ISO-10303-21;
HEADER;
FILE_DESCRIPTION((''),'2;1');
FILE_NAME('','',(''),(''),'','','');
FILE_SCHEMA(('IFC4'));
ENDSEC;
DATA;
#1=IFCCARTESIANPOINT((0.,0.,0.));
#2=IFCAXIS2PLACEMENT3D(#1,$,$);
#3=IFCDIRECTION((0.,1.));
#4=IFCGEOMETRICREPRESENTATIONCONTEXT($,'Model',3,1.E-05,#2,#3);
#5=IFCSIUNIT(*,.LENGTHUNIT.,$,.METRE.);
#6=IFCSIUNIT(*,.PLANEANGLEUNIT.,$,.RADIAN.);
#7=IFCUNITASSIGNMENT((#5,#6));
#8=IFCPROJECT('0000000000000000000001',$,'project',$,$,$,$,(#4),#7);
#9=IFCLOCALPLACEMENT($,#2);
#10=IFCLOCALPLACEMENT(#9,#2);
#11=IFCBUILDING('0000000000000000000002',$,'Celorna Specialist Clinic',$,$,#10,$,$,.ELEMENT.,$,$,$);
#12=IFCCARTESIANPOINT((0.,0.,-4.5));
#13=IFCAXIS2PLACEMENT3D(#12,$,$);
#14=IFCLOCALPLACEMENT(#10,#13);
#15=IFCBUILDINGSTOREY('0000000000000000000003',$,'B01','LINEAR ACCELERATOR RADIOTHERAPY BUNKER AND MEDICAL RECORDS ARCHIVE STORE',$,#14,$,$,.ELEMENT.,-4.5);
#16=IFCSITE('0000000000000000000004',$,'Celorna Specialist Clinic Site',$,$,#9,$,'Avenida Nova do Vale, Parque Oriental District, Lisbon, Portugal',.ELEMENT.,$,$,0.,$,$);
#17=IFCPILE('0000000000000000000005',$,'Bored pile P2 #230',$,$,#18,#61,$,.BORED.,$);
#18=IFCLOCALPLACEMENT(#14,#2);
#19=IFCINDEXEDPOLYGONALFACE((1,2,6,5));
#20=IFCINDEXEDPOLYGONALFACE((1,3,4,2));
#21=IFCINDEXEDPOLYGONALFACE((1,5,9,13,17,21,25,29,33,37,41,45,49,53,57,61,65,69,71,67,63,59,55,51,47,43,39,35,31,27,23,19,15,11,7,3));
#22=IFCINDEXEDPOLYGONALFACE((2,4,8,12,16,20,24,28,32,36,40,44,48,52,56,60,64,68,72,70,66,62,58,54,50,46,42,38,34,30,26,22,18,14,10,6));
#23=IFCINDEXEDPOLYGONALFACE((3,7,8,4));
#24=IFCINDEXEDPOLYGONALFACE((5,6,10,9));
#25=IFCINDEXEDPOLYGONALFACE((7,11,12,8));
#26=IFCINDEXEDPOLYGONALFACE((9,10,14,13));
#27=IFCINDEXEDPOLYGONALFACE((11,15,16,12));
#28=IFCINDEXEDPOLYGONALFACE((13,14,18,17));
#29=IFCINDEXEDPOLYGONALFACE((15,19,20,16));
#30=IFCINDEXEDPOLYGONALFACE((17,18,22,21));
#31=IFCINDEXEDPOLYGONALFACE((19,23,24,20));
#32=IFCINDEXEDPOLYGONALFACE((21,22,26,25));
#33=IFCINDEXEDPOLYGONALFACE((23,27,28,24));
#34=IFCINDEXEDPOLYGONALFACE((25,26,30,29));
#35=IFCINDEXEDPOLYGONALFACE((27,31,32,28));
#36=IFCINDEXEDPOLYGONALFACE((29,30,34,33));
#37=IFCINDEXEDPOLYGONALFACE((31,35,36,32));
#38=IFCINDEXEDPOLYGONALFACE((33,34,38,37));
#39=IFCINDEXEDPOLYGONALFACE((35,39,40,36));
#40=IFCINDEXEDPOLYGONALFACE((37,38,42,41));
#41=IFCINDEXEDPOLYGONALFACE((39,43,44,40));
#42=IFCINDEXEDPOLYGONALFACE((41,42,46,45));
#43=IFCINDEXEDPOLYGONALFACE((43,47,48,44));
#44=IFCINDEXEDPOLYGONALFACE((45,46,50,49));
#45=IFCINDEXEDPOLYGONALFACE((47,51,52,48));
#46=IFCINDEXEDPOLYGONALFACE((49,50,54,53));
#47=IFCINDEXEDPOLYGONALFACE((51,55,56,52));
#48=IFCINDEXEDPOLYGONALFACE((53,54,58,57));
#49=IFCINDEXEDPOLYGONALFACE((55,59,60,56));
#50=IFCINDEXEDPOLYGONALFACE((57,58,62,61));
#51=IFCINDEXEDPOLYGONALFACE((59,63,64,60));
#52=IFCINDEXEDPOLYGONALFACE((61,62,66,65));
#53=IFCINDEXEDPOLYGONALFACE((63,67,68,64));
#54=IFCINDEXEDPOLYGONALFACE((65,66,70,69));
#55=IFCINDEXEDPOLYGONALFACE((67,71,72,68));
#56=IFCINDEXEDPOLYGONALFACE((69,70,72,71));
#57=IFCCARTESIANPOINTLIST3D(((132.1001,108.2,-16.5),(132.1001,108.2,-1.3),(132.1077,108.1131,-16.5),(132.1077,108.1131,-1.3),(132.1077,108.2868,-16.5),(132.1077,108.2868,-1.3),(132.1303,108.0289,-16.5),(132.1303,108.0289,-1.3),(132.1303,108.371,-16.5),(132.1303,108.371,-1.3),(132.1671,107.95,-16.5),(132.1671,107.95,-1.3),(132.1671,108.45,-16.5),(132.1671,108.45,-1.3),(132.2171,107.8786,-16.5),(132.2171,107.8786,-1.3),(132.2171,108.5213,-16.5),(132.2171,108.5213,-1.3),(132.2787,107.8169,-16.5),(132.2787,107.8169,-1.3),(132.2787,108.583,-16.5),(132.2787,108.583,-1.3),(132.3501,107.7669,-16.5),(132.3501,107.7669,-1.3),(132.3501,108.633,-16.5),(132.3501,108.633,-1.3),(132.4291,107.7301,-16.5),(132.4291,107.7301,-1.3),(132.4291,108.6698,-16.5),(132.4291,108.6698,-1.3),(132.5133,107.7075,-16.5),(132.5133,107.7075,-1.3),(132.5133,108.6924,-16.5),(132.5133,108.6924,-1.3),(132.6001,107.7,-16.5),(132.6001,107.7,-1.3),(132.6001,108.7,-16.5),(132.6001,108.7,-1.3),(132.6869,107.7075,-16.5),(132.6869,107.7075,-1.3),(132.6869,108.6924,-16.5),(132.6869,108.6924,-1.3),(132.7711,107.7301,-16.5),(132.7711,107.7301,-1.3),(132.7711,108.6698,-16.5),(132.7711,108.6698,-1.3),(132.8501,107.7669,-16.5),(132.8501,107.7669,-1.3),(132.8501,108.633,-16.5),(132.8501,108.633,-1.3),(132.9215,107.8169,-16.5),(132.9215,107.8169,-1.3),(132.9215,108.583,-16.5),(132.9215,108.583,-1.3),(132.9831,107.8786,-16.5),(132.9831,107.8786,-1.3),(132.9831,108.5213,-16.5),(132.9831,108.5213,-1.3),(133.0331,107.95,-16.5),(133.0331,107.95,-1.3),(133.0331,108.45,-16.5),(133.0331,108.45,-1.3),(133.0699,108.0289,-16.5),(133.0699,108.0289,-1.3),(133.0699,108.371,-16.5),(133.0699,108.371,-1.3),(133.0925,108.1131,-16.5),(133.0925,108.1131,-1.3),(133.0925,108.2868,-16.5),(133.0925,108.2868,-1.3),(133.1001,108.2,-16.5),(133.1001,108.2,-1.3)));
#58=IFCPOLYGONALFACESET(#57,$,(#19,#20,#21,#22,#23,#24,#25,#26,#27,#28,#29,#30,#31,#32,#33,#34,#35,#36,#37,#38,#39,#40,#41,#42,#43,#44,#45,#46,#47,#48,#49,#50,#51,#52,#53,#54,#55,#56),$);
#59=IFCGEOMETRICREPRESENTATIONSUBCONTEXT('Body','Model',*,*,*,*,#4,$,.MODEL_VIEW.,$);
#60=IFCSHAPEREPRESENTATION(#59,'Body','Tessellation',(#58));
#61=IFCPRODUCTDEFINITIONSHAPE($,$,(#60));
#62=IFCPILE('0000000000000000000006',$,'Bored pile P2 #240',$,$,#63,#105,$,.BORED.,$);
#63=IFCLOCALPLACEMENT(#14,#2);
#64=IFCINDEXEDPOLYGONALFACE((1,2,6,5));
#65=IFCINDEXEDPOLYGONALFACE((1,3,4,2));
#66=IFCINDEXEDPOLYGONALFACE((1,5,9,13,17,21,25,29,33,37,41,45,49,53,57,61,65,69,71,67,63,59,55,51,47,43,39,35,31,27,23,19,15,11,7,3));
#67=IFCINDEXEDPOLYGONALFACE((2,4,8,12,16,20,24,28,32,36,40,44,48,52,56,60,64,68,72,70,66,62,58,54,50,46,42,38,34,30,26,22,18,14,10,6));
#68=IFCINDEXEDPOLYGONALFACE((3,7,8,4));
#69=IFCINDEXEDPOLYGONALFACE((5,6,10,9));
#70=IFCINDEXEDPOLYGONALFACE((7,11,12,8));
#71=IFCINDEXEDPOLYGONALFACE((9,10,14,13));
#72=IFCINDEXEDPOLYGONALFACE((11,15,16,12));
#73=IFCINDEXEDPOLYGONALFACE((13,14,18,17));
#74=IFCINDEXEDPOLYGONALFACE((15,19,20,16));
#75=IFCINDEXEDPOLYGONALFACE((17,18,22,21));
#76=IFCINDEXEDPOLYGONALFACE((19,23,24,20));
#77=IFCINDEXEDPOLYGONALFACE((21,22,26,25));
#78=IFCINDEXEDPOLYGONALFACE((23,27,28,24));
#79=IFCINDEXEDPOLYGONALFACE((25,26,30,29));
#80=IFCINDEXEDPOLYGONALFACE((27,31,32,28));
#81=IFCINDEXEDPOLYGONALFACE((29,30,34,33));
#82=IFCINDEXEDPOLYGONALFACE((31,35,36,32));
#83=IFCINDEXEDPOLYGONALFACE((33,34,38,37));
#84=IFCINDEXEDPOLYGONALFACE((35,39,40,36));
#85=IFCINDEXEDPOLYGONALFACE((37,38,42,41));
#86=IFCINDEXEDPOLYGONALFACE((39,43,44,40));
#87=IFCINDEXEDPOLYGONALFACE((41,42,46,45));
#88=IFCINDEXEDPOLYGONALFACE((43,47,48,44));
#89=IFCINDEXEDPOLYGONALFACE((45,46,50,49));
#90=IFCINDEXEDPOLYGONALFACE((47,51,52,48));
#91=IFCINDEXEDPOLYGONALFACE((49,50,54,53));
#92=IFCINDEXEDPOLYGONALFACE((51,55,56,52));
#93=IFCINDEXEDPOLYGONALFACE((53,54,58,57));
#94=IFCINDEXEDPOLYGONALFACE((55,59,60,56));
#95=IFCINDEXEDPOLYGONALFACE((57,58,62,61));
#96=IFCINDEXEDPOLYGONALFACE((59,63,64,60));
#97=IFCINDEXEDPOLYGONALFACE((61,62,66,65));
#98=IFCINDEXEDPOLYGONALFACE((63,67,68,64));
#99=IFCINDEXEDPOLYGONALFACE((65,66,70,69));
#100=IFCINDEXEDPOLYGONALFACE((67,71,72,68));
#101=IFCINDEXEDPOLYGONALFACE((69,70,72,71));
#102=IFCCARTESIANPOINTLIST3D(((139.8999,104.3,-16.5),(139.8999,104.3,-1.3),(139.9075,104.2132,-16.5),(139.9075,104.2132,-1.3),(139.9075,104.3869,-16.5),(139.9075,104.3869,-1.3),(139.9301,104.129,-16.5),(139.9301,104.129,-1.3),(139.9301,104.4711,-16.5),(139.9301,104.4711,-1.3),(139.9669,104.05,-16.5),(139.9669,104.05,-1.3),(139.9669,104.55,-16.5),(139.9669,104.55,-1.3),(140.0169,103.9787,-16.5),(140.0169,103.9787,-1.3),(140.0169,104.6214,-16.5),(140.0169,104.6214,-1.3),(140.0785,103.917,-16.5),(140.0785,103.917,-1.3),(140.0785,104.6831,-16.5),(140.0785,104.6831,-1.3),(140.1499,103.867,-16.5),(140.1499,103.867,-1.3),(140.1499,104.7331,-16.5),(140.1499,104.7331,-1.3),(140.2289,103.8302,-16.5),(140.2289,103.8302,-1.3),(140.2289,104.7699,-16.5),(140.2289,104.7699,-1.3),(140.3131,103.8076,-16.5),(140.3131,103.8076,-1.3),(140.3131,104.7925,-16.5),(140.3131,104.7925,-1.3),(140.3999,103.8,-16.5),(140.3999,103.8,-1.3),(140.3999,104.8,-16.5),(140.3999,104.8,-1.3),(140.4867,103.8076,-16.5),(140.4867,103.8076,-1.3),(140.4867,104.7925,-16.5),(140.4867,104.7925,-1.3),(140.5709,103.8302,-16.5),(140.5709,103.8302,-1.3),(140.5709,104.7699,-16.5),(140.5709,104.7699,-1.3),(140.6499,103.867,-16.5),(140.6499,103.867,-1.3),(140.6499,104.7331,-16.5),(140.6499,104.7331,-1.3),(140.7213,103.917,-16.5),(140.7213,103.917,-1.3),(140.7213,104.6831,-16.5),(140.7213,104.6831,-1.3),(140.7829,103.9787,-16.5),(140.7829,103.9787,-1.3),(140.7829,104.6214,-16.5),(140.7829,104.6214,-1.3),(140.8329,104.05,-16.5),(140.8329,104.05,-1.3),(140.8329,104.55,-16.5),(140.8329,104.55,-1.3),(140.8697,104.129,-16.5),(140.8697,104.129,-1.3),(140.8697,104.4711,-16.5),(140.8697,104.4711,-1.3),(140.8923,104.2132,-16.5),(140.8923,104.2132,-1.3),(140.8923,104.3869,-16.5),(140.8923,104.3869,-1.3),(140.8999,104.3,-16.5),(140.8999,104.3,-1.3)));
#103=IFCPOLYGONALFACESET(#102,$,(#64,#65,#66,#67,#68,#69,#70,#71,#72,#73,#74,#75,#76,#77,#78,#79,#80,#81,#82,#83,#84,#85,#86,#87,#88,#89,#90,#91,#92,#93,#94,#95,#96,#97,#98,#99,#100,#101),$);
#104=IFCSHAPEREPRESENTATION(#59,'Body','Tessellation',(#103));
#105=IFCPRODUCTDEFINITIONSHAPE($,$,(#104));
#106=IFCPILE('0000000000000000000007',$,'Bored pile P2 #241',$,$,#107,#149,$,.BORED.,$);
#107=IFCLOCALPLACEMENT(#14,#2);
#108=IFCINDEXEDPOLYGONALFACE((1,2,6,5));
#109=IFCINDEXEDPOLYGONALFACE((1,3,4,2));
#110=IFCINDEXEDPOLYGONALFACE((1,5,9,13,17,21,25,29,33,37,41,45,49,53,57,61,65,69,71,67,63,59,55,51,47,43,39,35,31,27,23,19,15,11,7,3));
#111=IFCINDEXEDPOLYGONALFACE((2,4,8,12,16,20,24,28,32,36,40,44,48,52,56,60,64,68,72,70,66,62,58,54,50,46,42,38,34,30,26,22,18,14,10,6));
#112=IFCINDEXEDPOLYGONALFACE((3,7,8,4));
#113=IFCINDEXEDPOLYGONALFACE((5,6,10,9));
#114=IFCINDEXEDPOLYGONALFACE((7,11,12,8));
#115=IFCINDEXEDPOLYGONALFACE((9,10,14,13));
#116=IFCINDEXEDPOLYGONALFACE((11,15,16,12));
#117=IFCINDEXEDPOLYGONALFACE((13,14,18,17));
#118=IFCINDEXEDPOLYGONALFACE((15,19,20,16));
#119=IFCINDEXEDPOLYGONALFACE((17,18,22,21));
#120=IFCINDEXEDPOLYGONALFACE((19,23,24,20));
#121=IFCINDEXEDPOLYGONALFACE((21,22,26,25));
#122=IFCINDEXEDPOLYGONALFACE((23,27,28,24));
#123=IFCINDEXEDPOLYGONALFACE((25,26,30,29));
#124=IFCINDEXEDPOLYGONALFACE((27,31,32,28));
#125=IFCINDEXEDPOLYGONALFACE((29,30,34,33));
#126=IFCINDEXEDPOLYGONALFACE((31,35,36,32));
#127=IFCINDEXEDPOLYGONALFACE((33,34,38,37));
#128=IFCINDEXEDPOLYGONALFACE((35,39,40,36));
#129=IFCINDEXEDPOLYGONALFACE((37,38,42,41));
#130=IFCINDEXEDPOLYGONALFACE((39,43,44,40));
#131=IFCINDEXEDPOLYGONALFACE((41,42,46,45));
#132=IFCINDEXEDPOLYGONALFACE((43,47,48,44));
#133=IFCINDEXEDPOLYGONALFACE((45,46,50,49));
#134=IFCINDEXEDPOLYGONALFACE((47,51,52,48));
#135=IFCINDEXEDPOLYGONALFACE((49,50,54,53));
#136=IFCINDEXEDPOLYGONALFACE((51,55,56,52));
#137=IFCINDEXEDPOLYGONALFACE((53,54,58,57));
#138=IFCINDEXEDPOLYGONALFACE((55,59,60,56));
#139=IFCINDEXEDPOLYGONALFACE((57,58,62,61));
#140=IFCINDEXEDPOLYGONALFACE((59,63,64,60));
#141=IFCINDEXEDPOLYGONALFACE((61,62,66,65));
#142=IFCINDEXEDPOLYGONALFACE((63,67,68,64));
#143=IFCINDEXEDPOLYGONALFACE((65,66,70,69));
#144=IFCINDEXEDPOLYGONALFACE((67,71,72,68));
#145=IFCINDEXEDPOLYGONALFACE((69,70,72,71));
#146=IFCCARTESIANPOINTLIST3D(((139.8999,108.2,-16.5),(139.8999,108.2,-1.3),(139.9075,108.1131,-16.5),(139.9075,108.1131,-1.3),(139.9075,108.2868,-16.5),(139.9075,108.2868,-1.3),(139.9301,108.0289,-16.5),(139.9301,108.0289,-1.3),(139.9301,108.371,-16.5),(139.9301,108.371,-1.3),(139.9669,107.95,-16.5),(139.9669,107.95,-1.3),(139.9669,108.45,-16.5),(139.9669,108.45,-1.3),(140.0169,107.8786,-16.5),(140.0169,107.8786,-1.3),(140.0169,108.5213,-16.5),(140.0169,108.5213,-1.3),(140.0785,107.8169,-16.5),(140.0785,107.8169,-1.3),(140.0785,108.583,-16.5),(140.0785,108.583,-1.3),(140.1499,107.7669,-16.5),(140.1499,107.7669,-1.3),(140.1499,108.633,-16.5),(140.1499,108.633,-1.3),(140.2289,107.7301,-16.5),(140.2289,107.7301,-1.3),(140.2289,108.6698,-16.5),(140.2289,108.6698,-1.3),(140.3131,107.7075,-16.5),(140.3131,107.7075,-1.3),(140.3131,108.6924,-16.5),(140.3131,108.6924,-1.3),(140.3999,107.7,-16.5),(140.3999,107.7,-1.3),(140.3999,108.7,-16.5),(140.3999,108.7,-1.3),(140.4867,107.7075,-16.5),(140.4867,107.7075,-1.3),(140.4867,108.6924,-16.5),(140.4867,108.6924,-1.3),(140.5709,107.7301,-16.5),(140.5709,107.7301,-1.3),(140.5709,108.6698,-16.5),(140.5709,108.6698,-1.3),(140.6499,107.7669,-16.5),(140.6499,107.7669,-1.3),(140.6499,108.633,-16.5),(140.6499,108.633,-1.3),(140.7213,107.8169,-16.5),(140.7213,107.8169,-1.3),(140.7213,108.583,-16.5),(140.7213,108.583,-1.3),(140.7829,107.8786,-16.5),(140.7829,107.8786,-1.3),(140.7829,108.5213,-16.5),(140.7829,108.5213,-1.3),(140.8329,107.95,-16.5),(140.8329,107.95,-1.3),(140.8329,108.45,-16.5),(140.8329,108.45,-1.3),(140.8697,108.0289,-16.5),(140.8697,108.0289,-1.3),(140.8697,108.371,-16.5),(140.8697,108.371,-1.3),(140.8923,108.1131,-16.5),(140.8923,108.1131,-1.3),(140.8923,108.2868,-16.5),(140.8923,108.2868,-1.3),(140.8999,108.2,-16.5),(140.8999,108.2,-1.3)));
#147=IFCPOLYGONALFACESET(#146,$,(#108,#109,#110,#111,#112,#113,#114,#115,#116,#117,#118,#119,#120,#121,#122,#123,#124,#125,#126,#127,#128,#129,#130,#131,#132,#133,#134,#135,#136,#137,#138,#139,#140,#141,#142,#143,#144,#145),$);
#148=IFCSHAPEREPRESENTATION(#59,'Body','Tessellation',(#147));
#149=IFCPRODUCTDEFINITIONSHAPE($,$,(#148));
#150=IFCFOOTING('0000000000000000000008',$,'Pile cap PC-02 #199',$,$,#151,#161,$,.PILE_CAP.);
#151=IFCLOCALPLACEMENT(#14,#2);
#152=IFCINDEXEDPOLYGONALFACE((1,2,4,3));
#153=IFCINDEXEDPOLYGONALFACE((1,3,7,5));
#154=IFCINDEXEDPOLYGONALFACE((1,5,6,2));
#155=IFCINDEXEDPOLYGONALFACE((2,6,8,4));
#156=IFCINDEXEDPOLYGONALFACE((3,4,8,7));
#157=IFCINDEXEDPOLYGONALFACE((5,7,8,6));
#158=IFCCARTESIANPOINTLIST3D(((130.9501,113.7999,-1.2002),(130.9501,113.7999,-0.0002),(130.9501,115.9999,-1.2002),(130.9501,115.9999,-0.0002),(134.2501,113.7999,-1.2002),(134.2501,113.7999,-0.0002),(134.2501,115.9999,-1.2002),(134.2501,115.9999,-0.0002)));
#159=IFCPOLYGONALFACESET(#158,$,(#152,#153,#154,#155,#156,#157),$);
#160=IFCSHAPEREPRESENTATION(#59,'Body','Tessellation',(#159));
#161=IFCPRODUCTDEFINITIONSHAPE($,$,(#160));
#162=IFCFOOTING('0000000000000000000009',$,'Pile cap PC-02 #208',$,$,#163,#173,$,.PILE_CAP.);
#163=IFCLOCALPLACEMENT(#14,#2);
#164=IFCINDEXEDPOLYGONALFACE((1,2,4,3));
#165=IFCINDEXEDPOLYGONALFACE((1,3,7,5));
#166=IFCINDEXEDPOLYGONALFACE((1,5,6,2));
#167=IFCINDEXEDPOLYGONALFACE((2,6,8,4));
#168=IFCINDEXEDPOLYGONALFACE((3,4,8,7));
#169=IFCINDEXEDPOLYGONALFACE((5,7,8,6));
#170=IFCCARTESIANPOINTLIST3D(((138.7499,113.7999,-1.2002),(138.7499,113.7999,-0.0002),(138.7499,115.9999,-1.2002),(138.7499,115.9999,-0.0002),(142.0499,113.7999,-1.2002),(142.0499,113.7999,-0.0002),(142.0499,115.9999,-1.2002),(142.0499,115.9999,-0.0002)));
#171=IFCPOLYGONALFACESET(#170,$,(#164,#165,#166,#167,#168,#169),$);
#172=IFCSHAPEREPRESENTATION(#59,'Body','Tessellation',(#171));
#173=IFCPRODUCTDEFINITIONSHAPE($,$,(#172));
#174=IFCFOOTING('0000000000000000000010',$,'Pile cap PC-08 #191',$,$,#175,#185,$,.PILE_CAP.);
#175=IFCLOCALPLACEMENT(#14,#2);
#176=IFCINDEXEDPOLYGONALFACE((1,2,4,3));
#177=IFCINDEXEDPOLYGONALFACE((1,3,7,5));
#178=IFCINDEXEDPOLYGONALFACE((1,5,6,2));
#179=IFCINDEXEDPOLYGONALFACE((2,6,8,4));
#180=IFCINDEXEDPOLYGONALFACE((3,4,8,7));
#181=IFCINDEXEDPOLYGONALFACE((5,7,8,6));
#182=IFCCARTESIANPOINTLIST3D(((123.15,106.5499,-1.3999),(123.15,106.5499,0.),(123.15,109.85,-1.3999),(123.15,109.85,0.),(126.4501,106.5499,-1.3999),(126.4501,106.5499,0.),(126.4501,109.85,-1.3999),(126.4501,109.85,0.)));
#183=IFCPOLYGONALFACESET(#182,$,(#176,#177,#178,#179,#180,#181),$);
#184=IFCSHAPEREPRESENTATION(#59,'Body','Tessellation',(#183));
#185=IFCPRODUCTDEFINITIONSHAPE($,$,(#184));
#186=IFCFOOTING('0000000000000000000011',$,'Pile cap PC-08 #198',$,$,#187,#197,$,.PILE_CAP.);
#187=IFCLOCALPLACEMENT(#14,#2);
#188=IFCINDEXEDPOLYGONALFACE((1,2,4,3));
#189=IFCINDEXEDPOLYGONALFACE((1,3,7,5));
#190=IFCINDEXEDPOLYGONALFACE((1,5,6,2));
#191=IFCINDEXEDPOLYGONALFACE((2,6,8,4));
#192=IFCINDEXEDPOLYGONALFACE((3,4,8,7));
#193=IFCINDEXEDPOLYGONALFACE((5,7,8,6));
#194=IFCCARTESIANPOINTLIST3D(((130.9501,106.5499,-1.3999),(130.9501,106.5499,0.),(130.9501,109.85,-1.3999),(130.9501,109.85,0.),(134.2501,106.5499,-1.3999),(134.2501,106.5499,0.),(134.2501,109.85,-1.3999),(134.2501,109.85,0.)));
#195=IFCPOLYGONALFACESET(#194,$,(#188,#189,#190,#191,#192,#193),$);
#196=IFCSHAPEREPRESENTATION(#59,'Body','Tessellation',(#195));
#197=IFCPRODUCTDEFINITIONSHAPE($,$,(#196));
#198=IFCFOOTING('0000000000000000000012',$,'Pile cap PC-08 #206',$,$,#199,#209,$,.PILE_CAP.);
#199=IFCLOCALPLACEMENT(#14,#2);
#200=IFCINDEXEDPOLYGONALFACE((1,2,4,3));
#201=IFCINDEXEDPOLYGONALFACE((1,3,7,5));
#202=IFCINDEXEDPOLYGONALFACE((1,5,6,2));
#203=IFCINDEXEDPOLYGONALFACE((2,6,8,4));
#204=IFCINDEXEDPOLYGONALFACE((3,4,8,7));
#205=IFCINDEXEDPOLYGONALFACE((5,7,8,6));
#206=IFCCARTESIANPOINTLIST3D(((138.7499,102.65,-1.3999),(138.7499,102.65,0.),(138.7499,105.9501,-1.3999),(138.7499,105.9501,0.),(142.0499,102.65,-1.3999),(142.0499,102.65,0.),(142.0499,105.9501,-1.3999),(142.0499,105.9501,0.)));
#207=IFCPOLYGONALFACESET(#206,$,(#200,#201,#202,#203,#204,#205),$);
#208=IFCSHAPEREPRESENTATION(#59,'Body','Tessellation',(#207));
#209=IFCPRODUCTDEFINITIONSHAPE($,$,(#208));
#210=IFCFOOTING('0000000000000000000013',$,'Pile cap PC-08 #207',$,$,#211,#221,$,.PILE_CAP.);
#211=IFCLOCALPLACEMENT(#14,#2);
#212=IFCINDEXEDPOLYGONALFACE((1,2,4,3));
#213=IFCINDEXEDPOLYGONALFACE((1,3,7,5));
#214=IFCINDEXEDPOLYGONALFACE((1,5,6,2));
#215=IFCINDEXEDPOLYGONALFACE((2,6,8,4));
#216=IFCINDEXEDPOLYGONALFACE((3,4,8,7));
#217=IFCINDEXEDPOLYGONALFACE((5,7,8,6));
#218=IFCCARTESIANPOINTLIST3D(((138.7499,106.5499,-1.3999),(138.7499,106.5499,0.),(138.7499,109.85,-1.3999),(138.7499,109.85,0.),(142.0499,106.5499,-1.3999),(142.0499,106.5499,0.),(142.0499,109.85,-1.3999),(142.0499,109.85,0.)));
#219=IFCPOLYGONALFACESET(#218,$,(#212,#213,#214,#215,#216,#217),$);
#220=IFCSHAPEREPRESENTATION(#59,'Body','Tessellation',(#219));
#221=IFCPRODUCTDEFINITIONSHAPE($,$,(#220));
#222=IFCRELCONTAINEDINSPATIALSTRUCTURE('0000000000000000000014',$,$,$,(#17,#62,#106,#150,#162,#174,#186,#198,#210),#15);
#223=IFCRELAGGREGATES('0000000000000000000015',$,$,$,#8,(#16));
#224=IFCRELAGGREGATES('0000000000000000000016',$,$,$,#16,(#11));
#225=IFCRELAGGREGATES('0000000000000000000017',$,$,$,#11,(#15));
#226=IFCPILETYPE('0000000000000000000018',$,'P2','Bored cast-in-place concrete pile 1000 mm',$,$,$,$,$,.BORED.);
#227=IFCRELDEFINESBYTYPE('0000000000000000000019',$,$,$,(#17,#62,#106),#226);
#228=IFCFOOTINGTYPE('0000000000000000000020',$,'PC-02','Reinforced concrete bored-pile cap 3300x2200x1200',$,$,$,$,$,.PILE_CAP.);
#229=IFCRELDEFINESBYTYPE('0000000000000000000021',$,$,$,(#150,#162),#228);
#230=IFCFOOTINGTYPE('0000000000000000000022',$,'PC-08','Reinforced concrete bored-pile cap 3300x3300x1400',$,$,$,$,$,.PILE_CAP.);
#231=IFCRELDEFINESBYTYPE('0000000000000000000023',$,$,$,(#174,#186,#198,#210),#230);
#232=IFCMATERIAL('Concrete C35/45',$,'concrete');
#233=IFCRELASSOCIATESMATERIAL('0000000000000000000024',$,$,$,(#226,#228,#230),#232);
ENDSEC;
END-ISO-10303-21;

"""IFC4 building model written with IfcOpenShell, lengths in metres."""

from ifc_helpers import new_model, si_unit, direction, frame, origin, origin_2d, place, context, subcontext, project, spatial, rectangle, circle, extrude, material, material_profile, profile_set, type_object, element, save


model = new_model("IFC4")

# Units and contexts
model_context = context("Model", 3, precision=1e-05, world=origin(), true_north=direction((0.0, 1.0)))
body_context = subcontext(model_context, "Body", "Model", "MODEL_VIEW")
ifc_project = project(units=[si_unit("LENGTHUNIT", "METRE"), si_unit("PLANEANGLEUNIT", "RADIAN")], contexts=[model_context])

# Site, building, storey
site_placement = place(None, origin())
site = spatial("IfcSite", under=ifc_project, at=site_placement, Name="Celorna Specialist Clinic Site", LongName="Avenida Nova do Vale, Parque Oriental District, Lisbon, Portugal", CompositionType="ELEMENT", RefElevation=0.0)
building_placement = place(site_placement, origin())
building = spatial("IfcBuilding", under=site, at=building_placement, Name="Celorna Specialist Clinic", CompositionType="ELEMENT")
storey_placement = place(building_placement, frame((0.0, 0.0, -4.5)))
storey = spatial("IfcBuildingStorey", under=building, at=storey_placement, Name="B01", Description="LINEAR ACCELERATOR RADIOTHERAPY BUNKER AND MEDICAL RECORDS ARCHIVE STORE", CompositionType="ELEMENT", Elevation=-4.5)

# Shared definitions
ifc_material_1 = material(Name="Concrete C35/45", Category="concrete")

# Piles
ifc_material_profile_1 = material_profile(ifc_material_1, circle(Radius=0.5, at=origin_2d()), Name="BORED PILE 1000")
ifc_profile_set_1 = profile_set([ifc_material_profile_1], Name="Concrete C35/45")
pile_type_1 = type_object("IfcPileType", Name="P2", Description="Bored cast-in-place concrete pile 1000 mm", PredefinedType="BORED", material=ifc_profile_set_1)
for number, where, z_axis, x_axis, name in (
    (1, (132.6001, 108.2, -1.3), (0.0, 0.0, -1.0), (1.0, 0.0, 0.0), "Bored pile P2 #230"),
    (2, (140.3999, 104.3, -1.3), (0.0, 0.0, -1.0), (1.0, 0.0, 0.0), "Bored pile P2 #240"),
    (3, (140.3999, 108.2, -1.3), (0.0, 0.0, -1.0), (1.0, 0.0, 0.0), "Bored pile P2 #241"),
):
    element("IfcPile", number, at=place(storey_placement, frame(where, z_axis=z_axis, x_axis=x_axis)), inside=storey, type_object=pile_type_1, Name=name, PredefinedType="BORED", context=body_context, shape_type="SweptSolid", body=[
        extrude(circle(Radius=0.5, at=origin_2d()), origin(), (0.0, 0.0, 1.0), 15.2),
    ])

# Footings
footing_type_1 = type_object("IfcFootingType", Name="PC-02", Description="Reinforced concrete bored-pile cap 3300x2200x1200", PredefinedType="PILE_CAP", material=ifc_material_1)
for number, where, z_axis, x_axis, name in (
    (4, (132.6001, 114.8999, -1.2002), (0.0, 0.0, 1.0), (1.0, 0.0, 0.0), "Pile cap PC-02 #199"),
    (5, (140.3999, 114.8999, -1.2002), (0.0, 0.0, 1.0), (1.0, 0.0, 0.0), "Pile cap PC-02 #208"),
):
    element("IfcFooting", number, at=place(storey_placement, frame(where, z_axis=z_axis, x_axis=x_axis)), inside=storey, type_object=footing_type_1, Name=name, PredefinedType="PILE_CAP", context=body_context, shape_type="SweptSolid", body=[
        extrude(rectangle(XDim=3.3, YDim=2.2, at=origin_2d()), origin(), (0.0, 0.0, 1.0), 1.2),
    ])
footing_type_2 = type_object("IfcFootingType", Name="PC-08", Description="Reinforced concrete bored-pile cap 3300x3300x1400", PredefinedType="PILE_CAP", material=ifc_material_1)
for number, where, z_axis, x_axis, name in (
    (6, (124.8, 108.2, -1.3999), (0.0, 0.0, 1.0), (1.0, 0.0, 0.0), "Pile cap PC-08 #191"),
    (7, (132.6001, 108.2, -1.3999), (0.0, 0.0, 1.0), (1.0, 0.0, 0.0), "Pile cap PC-08 #198"),
    (8, (140.3999, 104.3, -1.3999), (0.0, 0.0, 1.0), (1.0, 0.0, 0.0), "Pile cap PC-08 #206"),
    (9, (140.3999, 108.2, -1.3999), (0.0, 0.0, 1.0), (1.0, 0.0, 0.0), "Pile cap PC-08 #207"),
):
    element("IfcFooting", number, at=place(storey_placement, frame(where, z_axis=z_axis, x_axis=x_axis)), inside=storey, type_object=footing_type_2, Name=name, PredefinedType="PILE_CAP", context=body_context, shape_type="SweptSolid", body=[
        extrude(rectangle(XDim=3.3, YDim=3.3, at=origin_2d()), origin(), (0.0, 0.0, 1.0), 1.3999),
    ])

save(model, "model.ifc")
